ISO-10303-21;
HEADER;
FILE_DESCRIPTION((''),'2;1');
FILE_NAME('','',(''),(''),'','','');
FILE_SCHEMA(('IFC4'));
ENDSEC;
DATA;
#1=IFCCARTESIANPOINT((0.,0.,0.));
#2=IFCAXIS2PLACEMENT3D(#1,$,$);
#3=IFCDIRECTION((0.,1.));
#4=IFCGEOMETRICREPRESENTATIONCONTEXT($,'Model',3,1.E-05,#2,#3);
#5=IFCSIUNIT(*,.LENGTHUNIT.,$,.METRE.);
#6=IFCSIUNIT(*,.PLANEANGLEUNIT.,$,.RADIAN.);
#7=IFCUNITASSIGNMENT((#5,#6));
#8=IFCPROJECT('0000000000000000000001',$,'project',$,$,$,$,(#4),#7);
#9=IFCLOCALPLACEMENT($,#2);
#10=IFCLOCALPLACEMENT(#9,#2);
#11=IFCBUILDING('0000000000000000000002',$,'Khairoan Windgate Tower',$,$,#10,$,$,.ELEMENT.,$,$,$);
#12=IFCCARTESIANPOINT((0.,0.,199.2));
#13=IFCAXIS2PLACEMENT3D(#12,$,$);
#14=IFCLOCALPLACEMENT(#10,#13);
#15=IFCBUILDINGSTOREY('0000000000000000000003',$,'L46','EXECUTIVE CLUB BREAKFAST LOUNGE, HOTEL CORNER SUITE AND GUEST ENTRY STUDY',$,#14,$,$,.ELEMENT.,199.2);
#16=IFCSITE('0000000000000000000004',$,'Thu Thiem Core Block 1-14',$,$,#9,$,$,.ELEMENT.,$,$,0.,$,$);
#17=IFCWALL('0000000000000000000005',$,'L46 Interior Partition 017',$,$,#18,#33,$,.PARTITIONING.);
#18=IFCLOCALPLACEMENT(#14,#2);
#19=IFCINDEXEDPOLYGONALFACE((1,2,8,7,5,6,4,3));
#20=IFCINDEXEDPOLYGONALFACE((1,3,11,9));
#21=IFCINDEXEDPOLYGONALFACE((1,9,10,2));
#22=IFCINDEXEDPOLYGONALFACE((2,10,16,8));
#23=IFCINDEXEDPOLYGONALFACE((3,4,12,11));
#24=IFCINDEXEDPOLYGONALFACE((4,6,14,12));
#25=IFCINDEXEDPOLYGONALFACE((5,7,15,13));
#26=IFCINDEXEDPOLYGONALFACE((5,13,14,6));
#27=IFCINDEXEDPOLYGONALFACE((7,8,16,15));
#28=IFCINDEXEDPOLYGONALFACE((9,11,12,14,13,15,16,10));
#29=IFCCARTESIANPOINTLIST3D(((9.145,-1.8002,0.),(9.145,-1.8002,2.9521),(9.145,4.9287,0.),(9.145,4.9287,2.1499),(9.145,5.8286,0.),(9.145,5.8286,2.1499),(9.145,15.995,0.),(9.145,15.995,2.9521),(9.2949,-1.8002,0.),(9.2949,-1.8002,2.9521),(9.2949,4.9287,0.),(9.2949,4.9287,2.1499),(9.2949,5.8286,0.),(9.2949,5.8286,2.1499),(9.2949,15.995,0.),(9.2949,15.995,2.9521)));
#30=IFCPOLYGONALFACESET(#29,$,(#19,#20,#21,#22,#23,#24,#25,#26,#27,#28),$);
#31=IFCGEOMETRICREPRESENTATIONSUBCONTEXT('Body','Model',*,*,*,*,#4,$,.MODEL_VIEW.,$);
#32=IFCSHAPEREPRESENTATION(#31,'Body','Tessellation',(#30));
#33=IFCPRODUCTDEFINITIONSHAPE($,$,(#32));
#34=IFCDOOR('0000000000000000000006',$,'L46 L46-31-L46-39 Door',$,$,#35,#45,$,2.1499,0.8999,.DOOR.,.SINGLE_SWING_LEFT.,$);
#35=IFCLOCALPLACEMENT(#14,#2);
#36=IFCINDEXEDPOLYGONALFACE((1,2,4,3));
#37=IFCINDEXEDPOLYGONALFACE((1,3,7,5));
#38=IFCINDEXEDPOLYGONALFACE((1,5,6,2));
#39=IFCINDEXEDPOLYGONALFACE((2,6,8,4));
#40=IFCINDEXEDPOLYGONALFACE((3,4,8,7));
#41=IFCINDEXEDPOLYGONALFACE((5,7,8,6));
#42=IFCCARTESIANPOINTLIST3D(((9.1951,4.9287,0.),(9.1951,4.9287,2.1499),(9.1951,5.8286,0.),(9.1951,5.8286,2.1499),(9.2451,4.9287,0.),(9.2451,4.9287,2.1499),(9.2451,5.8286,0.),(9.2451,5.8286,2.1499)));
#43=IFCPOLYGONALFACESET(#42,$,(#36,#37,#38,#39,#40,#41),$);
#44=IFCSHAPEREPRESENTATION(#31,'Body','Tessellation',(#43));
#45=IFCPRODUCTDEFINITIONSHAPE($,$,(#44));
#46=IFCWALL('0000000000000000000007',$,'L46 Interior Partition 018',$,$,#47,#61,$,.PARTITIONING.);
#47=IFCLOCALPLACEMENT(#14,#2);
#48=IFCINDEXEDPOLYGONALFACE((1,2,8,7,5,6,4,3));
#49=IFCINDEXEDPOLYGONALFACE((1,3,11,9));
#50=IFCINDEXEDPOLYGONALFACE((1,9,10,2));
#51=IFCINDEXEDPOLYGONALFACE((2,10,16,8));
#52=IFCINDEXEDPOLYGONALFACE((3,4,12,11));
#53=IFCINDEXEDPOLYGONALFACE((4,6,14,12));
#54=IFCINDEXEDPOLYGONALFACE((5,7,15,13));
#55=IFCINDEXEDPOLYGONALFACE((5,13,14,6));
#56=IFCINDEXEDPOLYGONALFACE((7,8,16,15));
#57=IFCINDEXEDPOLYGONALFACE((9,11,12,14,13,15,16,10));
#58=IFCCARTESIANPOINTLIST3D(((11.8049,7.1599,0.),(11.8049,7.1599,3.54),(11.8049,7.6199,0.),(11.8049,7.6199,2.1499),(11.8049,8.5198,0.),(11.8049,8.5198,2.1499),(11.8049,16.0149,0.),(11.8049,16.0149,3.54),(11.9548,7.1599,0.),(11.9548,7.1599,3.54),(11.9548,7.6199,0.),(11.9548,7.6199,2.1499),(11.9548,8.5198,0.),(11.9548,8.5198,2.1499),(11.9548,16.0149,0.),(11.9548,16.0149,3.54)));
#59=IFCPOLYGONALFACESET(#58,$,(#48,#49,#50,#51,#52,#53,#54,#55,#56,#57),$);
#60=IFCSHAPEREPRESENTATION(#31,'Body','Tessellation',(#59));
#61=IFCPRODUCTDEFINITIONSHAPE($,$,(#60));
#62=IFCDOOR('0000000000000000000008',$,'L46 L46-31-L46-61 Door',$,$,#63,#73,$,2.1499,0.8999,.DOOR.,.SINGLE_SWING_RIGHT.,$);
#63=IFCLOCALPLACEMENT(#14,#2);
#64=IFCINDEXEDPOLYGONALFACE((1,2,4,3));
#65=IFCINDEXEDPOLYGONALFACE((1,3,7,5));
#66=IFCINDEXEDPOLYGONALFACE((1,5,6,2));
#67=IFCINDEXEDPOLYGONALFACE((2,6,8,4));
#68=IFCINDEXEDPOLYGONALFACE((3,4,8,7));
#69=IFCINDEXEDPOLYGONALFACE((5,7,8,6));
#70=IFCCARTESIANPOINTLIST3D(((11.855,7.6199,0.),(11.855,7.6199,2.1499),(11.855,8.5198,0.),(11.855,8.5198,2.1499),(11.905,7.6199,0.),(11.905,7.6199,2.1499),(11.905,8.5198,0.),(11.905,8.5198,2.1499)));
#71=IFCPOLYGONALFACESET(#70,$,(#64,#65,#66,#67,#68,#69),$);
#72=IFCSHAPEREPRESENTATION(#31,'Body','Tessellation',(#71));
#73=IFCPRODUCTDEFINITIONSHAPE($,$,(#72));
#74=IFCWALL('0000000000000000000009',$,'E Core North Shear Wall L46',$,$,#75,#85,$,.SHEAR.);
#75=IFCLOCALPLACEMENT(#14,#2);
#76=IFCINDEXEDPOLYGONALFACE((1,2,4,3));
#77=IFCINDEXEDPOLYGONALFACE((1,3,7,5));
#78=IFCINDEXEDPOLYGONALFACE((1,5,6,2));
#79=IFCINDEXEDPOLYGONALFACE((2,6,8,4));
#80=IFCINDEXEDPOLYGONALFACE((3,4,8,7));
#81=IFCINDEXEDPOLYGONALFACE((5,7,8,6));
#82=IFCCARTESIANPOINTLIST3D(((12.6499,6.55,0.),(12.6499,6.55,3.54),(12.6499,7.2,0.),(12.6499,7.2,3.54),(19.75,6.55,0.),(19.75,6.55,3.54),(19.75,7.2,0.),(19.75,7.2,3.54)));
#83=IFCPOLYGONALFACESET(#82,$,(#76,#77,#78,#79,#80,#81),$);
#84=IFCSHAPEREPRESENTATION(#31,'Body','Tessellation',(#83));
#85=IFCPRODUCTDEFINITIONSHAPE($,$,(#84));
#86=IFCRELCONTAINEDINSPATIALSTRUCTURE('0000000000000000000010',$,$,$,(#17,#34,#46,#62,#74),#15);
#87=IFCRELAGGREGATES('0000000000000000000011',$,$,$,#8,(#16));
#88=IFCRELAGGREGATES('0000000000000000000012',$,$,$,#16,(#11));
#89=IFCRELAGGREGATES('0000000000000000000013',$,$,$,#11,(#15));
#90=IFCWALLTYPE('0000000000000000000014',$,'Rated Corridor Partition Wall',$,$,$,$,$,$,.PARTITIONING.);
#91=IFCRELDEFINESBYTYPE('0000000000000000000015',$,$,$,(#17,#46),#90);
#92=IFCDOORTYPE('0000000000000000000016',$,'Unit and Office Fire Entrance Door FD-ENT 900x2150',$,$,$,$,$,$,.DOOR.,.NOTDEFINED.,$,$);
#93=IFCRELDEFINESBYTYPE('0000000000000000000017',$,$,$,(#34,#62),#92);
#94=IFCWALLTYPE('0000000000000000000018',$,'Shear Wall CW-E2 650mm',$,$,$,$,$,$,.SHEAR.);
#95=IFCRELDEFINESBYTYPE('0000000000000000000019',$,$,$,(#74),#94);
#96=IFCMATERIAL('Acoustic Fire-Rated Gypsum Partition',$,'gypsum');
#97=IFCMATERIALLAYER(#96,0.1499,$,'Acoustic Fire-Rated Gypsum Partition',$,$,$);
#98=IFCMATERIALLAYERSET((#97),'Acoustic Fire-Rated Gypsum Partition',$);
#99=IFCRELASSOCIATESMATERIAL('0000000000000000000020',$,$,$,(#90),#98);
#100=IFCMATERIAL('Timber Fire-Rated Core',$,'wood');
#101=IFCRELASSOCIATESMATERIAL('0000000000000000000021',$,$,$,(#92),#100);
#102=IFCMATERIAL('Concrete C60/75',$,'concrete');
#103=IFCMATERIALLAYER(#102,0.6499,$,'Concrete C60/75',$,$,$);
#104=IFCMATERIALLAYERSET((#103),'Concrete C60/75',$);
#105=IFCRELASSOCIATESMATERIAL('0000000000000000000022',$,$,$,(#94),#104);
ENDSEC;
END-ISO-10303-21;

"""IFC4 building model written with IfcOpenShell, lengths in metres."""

from ifc_helpers import new_model, si_unit, direction, frame, frame_2d, origin, place, context, subcontext, project, spatial, rectangle, extrude, material, layer, layer_set, type_object, element, fill, save


model = new_model("IFC4")

# Units and contexts
model_context = context("Model", 3, precision=1e-05, world=origin(), true_north=direction((0.0, 1.0)))
body_context = subcontext(model_context, "Body", "Model", "MODEL_VIEW")
ifc_project = project(units=[si_unit("LENGTHUNIT", "METRE"), si_unit("PLANEANGLEUNIT", "RADIAN")], contexts=[model_context])

# Site, building, storey
site_placement = place(None, origin())
site = spatial("IfcSite", under=ifc_project, at=site_placement, Name="Thu Thiem Core Block 1-14", CompositionType="ELEMENT", RefElevation=0.0)
building_placement = place(site_placement, origin())
building = spatial("IfcBuilding", under=site, at=building_placement, Name="Khairoan Windgate Tower", CompositionType="ELEMENT")
storey_placement = place(building_placement, frame((0.0, 0.0, 199.2)))
storey = spatial("IfcBuildingStorey", under=building, at=storey_placement, Name="L46", Description="EXECUTIVE CLUB BREAKFAST LOUNGE, HOTEL CORNER SUITE AND GUEST ENTRY STUDY", CompositionType="ELEMENT", Elevation=199.2)

# Walls, openings, doors
ifc_material_1 = material(Name="Acoustic Fire-Rated Gypsum Partition", Category="gypsum")
ifc_layer_1 = layer(ifc_material_1, 0.1499, Name="Acoustic Fire-Rated Gypsum Partition")
ifc_layer_set_1 = layer_set([ifc_layer_1], Name="Acoustic Fire-Rated Gypsum Partition")
wall_type_1 = type_object("IfcWallType", Name="Rated Corridor Partition Wall", PredefinedType="PARTITIONING", material=ifc_layer_set_1)
wall_1_placement = place(storey_placement, frame((9.22, -1.8, 0.0), z_axis=(0.0, 0.0, 1.0), x_axis=(0.0, 1.0, 0.0)))
wall_1 = element("IfcWall", 1, at=wall_1_placement, inside=storey, type_object=wall_type_1, Name="L46 Interior Partition 017", PredefinedType="PARTITIONING", context=body_context, shape_type="SweptSolid", body=[
    extrude(rectangle(XDim=17.7952, YDim=0.1499, at=frame_2d((8.8975, 0.0))), origin(), (0.0, 0.0, 1.0), 2.9521),
])
opening_1_placement = place(wall_1_placement, frame((6.7288, 0.0, 0.0)))
opening_1 = element("IfcOpeningElement", 2, at=opening_1_placement, cuts=wall_1, PredefinedType="OPENING", context=body_context, shape_type="SweptSolid", body=[
    extrude(rectangle(XDim=0.8999, YDim=2.1499, at=frame_2d((0.45, 1.075))), frame((0.0, 0.085, 0.0), z_axis=(0.0, -1.0, 0.0), x_axis=(1.0, 0.0, 0.0)), (0.0, 0.0, 1.0), 0.1699),
])
ifc_material_2 = material(Name="Timber Fire-Rated Core", Category="wood")
door_type = type_object("IfcDoorType", Name="Unit and Office Fire Entrance Door FD-ENT 900x2150", OperationType="NOTDEFINED", PredefinedType="DOOR", material=ifc_material_2)
door_1_placement = place(opening_1_placement, origin())
door_1 = element("IfcDoor", 3, at=door_1_placement, inside=storey, type_object=door_type, Name="L46 L46-31-L46-39 Door", OperationType="SINGLE_SWING_LEFT", OverallHeight=2.1499, OverallWidth=0.8999, PredefinedType="DOOR", context=body_context, shape_type="SweptSolid", body=[
    extrude(rectangle(XDim=0.8999, YDim=2.1499, at=frame_2d((0.45, 1.075))), frame((0.0, 0.0249, 0.0), z_axis=(0.0, -1.0, 0.0), x_axis=(1.0, 0.0, 0.0)), (0.0, 0.0, 1.0), 0.05),
])
fill(opening_1, door_1)
wall_2_placement = place(storey_placement, frame((11.8799, 7.1599, 0.0), z_axis=(0.0, 0.0, 1.0), x_axis=(0.0, 1.0, 0.0)))
wall_2 = element("IfcWall", 4, at=wall_2_placement, inside=storey, type_object=wall_type_1, Name="L46 Interior Partition 018", PredefinedType="PARTITIONING", context=body_context, shape_type="SweptSolid", body=[
    extrude(rectangle(XDim=8.855, YDim=0.1499, at=frame_2d((4.4275, 0.0))), origin(), (0.0, 0.0, 1.0), 3.54),
])
opening_2_placement = place(wall_2_placement, frame((0.46, 0.0, 0.0)))
opening_2 = element("IfcOpeningElement", 5, at=opening_2_placement, cuts=wall_2, PredefinedType="OPENING", context=body_context, shape_type="SweptSolid", body=[
    extrude(rectangle(XDim=0.8999, YDim=2.1499, at=frame_2d((0.45, 1.075))), frame((0.0, 0.085, 0.0), z_axis=(0.0, -1.0, 0.0), x_axis=(1.0, 0.0, 0.0)), (0.0, 0.0, 1.0), 0.1699),
])
door_2_placement = place(opening_2_placement, origin())
door_2 = element("IfcDoor", 6, at=door_2_placement, inside=storey, type_object=door_type, Name="L46 L46-31-L46-61 Door", OperationType="SINGLE_SWING_RIGHT", OverallHeight=2.1499, OverallWidth=0.8999, PredefinedType="DOOR", context=body_context, shape_type="SweptSolid", body=[
    extrude(rectangle(XDim=0.8999, YDim=2.1499, at=frame_2d((0.45, 1.075))), frame((0.0, 0.0249, 0.0), z_axis=(0.0, -1.0, 0.0), x_axis=(1.0, 0.0, 0.0)), (0.0, 0.0, 1.0), 0.05),
])
fill(opening_2, door_2)

# Wall
ifc_material_3 = material(Name="Concrete C60/75", Category="concrete")
ifc_layer_2 = layer(ifc_material_3, 0.6499, Name="Concrete C60/75")
ifc_layer_set_2 = layer_set([ifc_layer_2], Name="Concrete C60/75")
wall_type_2 = type_object("IfcWallType", Name="Shear Wall CW-E2 650mm", PredefinedType="SHEAR", material=ifc_layer_set_2)
wall_3_placement = place(storey_placement, frame((12.6499, 6.875, 0.0), z_axis=(0.0, 0.0, 1.0), x_axis=(1.0, 0.0, 0.0)))
element("IfcWall", 7, at=wall_3_placement, inside=storey, type_object=wall_type_2, Name="E Core North Shear Wall L46", PredefinedType="SHEAR", context=body_context, shape_type="SweptSolid", body=[
    extrude(rectangle(XDim=7.1001, YDim=0.6499, at=frame_2d((3.55, 0.0))), origin(), (0.0, 0.0, 1.0), 3.54),
])

save(model, "model.ifc")
